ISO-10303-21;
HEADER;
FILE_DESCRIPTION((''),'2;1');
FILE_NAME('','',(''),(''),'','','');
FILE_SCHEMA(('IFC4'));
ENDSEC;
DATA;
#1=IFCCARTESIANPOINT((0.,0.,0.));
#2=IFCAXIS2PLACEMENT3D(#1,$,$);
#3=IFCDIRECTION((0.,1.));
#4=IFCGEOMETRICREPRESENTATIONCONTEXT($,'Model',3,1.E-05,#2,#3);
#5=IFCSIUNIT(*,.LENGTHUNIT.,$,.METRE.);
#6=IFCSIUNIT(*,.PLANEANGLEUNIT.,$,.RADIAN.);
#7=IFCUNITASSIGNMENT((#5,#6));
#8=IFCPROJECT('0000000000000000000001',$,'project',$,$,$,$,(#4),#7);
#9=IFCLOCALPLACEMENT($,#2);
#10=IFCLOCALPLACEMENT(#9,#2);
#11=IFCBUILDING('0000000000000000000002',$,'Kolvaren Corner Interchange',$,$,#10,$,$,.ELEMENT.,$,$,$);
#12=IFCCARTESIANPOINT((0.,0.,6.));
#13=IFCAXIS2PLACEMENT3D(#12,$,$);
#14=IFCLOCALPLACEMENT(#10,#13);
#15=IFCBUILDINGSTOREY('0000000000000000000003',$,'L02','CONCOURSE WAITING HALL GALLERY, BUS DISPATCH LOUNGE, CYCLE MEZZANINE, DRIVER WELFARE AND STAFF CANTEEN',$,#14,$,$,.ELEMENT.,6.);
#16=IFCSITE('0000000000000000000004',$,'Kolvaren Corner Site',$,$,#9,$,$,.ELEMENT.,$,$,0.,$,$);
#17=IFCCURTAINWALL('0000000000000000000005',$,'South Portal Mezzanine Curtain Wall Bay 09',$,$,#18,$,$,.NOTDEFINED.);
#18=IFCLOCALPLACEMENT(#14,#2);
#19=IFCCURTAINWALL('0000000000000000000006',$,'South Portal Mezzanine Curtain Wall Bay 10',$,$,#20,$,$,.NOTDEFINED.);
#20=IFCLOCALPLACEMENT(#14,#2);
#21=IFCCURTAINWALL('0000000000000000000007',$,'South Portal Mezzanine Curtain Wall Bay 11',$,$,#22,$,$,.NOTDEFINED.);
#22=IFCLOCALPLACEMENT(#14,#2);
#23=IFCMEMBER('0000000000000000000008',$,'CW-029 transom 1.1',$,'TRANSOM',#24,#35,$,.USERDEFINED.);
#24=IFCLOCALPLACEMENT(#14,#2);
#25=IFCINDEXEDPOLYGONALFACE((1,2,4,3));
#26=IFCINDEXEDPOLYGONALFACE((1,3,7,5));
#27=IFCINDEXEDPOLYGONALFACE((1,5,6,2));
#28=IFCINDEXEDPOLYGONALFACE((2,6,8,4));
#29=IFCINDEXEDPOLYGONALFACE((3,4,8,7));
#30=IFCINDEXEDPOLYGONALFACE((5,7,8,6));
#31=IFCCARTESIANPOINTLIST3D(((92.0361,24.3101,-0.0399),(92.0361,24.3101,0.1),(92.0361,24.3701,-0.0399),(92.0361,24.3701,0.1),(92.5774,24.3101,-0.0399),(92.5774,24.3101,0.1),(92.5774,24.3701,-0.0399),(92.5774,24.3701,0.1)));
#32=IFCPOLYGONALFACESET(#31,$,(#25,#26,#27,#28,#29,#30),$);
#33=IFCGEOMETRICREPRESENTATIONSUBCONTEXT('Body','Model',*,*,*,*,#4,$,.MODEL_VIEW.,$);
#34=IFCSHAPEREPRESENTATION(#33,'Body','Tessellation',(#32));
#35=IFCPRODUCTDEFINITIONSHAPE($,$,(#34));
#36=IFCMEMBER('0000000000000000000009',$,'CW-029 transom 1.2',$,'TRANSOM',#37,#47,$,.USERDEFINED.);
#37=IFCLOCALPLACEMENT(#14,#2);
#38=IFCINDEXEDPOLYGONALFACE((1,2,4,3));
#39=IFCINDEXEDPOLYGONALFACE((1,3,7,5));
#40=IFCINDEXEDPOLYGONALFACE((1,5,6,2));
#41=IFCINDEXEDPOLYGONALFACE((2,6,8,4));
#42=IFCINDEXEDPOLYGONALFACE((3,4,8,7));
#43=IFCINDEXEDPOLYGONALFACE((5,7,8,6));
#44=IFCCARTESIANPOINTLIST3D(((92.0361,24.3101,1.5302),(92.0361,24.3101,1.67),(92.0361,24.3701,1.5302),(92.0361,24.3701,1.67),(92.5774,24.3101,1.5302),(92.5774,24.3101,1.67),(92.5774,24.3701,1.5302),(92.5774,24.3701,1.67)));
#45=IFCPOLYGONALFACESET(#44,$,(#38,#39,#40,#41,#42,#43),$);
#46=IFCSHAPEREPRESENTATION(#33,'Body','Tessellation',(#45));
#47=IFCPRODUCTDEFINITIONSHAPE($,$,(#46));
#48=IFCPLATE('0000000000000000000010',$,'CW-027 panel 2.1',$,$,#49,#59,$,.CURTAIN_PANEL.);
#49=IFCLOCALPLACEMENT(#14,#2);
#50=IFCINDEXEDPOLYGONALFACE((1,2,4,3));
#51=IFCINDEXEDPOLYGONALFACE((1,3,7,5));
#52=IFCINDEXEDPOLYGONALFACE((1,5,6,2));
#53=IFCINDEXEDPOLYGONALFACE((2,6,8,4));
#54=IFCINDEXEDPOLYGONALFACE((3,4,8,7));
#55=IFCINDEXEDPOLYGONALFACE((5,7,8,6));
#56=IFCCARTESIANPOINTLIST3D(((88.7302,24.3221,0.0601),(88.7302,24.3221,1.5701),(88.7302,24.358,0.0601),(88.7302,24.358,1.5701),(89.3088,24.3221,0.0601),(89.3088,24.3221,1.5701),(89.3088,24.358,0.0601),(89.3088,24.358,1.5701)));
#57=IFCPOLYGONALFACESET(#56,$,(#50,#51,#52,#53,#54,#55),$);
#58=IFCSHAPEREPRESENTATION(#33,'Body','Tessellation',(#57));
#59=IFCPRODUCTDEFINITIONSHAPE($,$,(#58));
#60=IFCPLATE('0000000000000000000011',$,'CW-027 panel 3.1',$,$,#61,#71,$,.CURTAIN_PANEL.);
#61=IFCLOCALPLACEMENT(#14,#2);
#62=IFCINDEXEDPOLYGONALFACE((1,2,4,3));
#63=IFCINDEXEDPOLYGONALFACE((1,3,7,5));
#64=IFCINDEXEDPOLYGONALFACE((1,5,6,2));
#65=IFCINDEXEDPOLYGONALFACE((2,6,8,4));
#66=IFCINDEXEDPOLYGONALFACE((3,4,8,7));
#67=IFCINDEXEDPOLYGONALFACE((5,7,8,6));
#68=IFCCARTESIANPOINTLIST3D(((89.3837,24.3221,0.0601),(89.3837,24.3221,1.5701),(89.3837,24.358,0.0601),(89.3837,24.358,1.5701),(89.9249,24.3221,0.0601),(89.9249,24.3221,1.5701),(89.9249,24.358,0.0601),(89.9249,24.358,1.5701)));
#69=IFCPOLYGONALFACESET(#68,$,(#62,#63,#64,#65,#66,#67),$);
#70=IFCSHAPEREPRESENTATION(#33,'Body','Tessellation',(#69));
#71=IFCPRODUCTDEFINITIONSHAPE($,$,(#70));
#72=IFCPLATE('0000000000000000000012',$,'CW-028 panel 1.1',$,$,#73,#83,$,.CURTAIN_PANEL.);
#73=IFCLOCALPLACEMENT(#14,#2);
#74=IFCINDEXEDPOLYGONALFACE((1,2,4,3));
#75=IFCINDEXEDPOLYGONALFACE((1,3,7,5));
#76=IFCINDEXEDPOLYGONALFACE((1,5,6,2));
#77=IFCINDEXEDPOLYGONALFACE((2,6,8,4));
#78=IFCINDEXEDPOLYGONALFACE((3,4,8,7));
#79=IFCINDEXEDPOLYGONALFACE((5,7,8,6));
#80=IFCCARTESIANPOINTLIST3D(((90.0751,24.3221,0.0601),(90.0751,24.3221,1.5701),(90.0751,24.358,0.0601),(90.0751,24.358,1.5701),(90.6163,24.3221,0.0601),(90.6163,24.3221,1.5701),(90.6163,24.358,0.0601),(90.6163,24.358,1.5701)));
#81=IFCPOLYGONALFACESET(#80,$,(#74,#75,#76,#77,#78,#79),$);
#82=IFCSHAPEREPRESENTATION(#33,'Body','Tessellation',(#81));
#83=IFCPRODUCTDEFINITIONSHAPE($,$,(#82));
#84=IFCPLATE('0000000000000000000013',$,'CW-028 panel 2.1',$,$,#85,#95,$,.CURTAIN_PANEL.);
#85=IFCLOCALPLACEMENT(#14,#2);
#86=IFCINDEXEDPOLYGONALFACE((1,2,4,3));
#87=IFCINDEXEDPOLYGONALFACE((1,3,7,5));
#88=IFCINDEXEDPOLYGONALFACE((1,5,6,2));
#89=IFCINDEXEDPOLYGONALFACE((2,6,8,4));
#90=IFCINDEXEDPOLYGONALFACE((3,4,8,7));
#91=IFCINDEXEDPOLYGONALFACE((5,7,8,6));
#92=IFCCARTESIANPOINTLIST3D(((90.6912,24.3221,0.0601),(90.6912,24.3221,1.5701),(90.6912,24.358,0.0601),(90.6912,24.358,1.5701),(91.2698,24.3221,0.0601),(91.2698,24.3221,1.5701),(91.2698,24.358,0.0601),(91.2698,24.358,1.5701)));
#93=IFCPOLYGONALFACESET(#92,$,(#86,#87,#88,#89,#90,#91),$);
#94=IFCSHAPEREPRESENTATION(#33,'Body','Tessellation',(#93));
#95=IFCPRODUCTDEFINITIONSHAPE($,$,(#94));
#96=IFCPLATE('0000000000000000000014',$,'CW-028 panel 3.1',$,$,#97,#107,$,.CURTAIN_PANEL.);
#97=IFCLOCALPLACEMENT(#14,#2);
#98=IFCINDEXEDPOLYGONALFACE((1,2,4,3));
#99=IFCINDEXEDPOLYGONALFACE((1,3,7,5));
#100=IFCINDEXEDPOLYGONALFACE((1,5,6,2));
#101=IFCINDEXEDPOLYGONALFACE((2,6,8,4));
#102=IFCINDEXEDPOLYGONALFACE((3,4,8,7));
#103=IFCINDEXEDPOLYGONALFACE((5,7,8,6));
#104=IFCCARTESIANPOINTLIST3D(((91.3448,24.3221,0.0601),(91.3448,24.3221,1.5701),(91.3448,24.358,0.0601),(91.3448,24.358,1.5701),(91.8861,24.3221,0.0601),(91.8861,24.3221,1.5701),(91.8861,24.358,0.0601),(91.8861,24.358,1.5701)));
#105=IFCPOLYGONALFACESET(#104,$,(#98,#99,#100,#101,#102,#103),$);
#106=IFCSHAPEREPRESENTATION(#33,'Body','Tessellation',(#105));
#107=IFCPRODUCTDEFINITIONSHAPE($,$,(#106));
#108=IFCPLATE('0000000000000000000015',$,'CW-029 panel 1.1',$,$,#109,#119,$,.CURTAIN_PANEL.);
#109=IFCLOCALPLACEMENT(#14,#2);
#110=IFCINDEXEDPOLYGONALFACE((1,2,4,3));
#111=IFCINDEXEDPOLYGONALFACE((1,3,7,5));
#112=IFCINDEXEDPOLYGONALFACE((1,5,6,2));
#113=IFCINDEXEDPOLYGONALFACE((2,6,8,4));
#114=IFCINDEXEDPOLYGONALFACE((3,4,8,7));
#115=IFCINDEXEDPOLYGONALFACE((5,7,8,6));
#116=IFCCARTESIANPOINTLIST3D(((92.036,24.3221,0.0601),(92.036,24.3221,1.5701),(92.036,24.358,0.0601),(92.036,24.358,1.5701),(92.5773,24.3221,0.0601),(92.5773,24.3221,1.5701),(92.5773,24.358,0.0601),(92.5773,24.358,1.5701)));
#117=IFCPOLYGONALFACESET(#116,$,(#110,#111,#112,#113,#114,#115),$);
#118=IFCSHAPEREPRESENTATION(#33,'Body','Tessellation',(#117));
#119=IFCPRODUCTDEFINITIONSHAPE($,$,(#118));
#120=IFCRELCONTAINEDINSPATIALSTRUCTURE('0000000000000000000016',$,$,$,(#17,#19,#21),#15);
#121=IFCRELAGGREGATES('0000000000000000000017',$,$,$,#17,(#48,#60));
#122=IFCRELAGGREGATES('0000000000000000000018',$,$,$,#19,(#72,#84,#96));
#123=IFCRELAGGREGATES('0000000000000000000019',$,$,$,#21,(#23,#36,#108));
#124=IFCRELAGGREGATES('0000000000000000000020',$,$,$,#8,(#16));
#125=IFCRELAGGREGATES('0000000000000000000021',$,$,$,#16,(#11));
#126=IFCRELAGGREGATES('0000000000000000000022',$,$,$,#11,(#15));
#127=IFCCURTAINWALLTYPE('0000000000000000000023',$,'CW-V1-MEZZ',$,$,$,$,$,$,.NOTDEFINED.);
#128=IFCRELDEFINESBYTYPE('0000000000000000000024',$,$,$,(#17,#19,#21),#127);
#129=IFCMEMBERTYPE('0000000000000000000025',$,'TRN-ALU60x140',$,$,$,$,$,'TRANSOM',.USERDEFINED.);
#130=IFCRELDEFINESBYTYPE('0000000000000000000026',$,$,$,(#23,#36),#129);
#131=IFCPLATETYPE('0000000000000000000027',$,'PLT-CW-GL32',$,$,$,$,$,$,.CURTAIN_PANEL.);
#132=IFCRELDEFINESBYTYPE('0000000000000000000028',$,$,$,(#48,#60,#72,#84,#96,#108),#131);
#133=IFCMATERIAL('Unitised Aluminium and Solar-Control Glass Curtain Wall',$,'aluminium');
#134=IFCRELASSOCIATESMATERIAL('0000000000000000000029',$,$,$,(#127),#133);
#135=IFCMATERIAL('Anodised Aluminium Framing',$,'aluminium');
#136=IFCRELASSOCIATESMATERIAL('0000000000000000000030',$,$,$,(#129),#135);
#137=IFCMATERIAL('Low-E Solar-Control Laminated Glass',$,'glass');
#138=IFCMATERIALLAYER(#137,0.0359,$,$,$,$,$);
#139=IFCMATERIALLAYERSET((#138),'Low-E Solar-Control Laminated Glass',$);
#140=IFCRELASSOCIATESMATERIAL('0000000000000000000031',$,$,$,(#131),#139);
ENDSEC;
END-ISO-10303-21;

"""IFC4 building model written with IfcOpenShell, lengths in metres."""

from ifc_helpers import new_model, si_unit, direction, frame, origin, origin_2d, place, context, subcontext, project, spatial, rectangle, extrude, material, layer, layer_set, material_profile, profile_set, type_object, element, aggregate, save


model = new_model("IFC4")

# Units and contexts
model_context = context("Model", 3, precision=1e-05, world=origin(), true_north=direction((0.0, 1.0)))
body_context = subcontext(model_context, "Body", "Model", "MODEL_VIEW")
ifc_project = project(units=[si_unit("LENGTHUNIT", "METRE"), si_unit("PLANEANGLEUNIT", "RADIAN")], contexts=[model_context])

# Site, building, storey
site_placement = place(None, origin())
site = spatial("IfcSite", under=ifc_project, at=site_placement, Name="Kolvaren Corner Site", CompositionType="ELEMENT", RefElevation=0.0)
building_placement = place(site_placement, origin())
building = spatial("IfcBuilding", under=site, at=building_placement, Name="Kolvaren Corner Interchange", CompositionType="ELEMENT")
storey_placement = place(building_placement, frame((0.0, 0.0, 6.0)))
storey = spatial("IfcBuildingStorey", under=building, at=storey_placement, Name="L02", Description="CONCOURSE WAITING HALL GALLERY, BUS DISPATCH LOUNGE, CYCLE MEZZANINE, DRIVER WELFARE AND STAFF CANTEEN", CompositionType="ELEMENT", Elevation=6.0)

# Curtain walls
ifc_material_1 = material(Name="Unitised Aluminium and Solar-Control Glass Curtain Wall", Category="aluminium")
curtain_wall_type = type_object("IfcCurtainWallType", Name="CW-V1-MEZZ", PredefinedType="NOTDEFINED", material=ifc_material_1)
curtain_wall_1_placement = place(storey_placement, origin())
curtain_wall_1 = element("IfcCurtainWall", 1, at=curtain_wall_1_placement, inside=storey, type_object=curtain_wall_type, Name="South Portal Mezzanine Curtain Wall Bay 09", PredefinedType="NOTDEFINED")
curtain_wall_2_placement = place(storey_placement, origin())
curtain_wall_2 = element("IfcCurtainWall", 2, at=curtain_wall_2_placement, inside=storey, type_object=curtain_wall_type, Name="South Portal Mezzanine Curtain Wall Bay 10", PredefinedType="NOTDEFINED")

# Curtain wall
curtain_wall_3_placement = place(storey_placement, origin())
curtain_wall_3 = element("IfcCurtainWall", 3, at=curtain_wall_3_placement, inside=storey, type_object=curtain_wall_type, Name="South Portal Mezzanine Curtain Wall Bay 11", PredefinedType="NOTDEFINED")

# Members
ifc_material_2 = material(Name="Anodised Aluminium Framing", Category="aluminium")
ifc_material_profile_1 = material_profile(ifc_material_2, rectangle(XDim=0.0601, YDim=0.1399, at=origin_2d()), Name="ALU 60x140")
ifc_profile_set_1 = profile_set([ifc_material_profile_1], Name="Anodised Aluminium Framing")
member_type_1 = type_object("IfcMemberType", Name="TRN-ALU60x140", ElementType="TRANSOM", PredefinedType="USERDEFINED", material=ifc_profile_set_1)
member_1_placement = place(storey_placement, frame((92.0361, 24.3401, 0.03), z_axis=(1.0, 0.0, 0.0), x_axis=(0.0, 1.0, 0.0)))
member_1 = element("IfcMember", 4, at=member_1_placement, type_object=member_type_1, Name="CW-029 transom 1.1", ObjectType="TRANSOM", PredefinedType="USERDEFINED", context=body_context, shape_type="SweptSolid", body=[
    extrude(rectangle(XDim=0.0601, YDim=0.1399, at=origin_2d()), origin(), (0.0, 0.0, 1.0), 0.5413),
])
member_2_placement = place(storey_placement, frame((92.0361, 24.3401, 1.6001), z_axis=(1.0, 0.0, 0.0), x_axis=(0.0, 1.0, 0.0)))
member_2 = element("IfcMember", 5, at=member_2_placement, type_object=member_type_1, Name="CW-029 transom 1.2", ObjectType="TRANSOM", PredefinedType="USERDEFINED", context=body_context, shape_type="SweptSolid", body=[
    extrude(rectangle(XDim=0.0601, YDim=0.1399, at=origin_2d()), origin(), (0.0, 0.0, 1.0), 0.5413),
])

# Plates
ifc_material_3 = material(Name="Low-E Solar-Control Laminated Glass", Category="glass")
ifc_layer = layer(ifc_material_3, 0.0359)
ifc_layer_set = layer_set([ifc_layer], Name="Low-E Solar-Control Laminated Glass")
plate_type = type_object("IfcPlateType", Name="PLT-CW-GL32", PredefinedType="CURTAIN_PANEL", material=ifc_layer_set)
plate_1_placement = place(storey_placement, frame((89.0195, 24.3401, 0.0601), z_axis=(0.0, 0.0, 1.0), x_axis=(1.0, 0.0, 0.0)))
plate_1 = element("IfcPlate", 6, at=plate_1_placement, type_object=plate_type, Name="CW-027 panel 2.1", PredefinedType="CURTAIN_PANEL", context=body_context, shape_type="SweptSolid", body=[
    extrude(rectangle(XDim=0.5786, YDim=0.0359, at=origin_2d()), origin(), (0.0, 0.0, 1.0), 1.51),
])
plate_2_placement = place(storey_placement, frame((89.6543, 24.3401, 0.0601), z_axis=(0.0, 0.0, 1.0), x_axis=(1.0, 0.0, 0.0)))
plate_2 = element("IfcPlate", 7, at=plate_2_placement, type_object=plate_type, Name="CW-027 panel 3.1", PredefinedType="CURTAIN_PANEL", context=body_context, shape_type="SweptSolid", body=[
    extrude(rectangle(XDim=0.5413, YDim=0.0359, at=origin_2d()), origin(), (0.0, 0.0, 1.0), 1.51),
])
aggregate(curtain_wall_1, [plate_1, plate_2])
plate_3_placement = place(storey_placement, frame((90.3457, 24.3401, 0.0601), z_axis=(0.0, 0.0, 1.0), x_axis=(1.0, 0.0, 0.0)))
plate_3 = element("IfcPlate", 8, at=plate_3_placement, type_object=plate_type, Name="CW-028 panel 1.1", PredefinedType="CURTAIN_PANEL", context=body_context, shape_type="SweptSolid", body=[
    extrude(rectangle(XDim=0.5413, YDim=0.0359, at=origin_2d()), origin(), (0.0, 0.0, 1.0), 1.51),
])
plate_4_placement = place(storey_placement, frame((90.9805, 24.3401, 0.0601), z_axis=(0.0, 0.0, 1.0), x_axis=(1.0, 0.0, 0.0)))
plate_4 = element("IfcPlate", 9, at=plate_4_placement, type_object=plate_type, Name="CW-028 panel 2.1", PredefinedType="CURTAIN_PANEL", context=body_context, shape_type="SweptSolid", body=[
    extrude(rectangle(XDim=0.5786, YDim=0.0359, at=origin_2d()), origin(), (0.0, 0.0, 1.0), 1.51),
])
plate_5_placement = place(storey_placement, frame((91.6155, 24.3401, 0.0601), z_axis=(0.0, 0.0, 1.0), x_axis=(1.0, 0.0, 0.0)))
plate_5 = element("IfcPlate", 10, at=plate_5_placement, type_object=plate_type, Name="CW-028 panel 3.1", PredefinedType="CURTAIN_PANEL", context=body_context, shape_type="SweptSolid", body=[
    extrude(rectangle(XDim=0.5413, YDim=0.0359, at=origin_2d()), origin(), (0.0, 0.0, 1.0), 1.51),
])
aggregate(curtain_wall_2, [plate_3, plate_4, plate_5])
plate_6_placement = place(storey_placement, frame((92.3066, 24.3401, 0.0601), z_axis=(0.0, 0.0, 1.0), x_axis=(1.0, 0.0, 0.0)))
plate_6 = element("IfcPlate", 11, at=plate_6_placement, type_object=plate_type, Name="CW-029 panel 1.1", PredefinedType="CURTAIN_PANEL", context=body_context, shape_type="SweptSolid", body=[
    extrude(rectangle(XDim=0.5413, YDim=0.0359, at=origin_2d()), origin(), (0.0, 0.0, 1.0), 1.51),
])
aggregate(curtain_wall_3, [member_1, member_2, plate_6])

save(model, "model.ifc")
